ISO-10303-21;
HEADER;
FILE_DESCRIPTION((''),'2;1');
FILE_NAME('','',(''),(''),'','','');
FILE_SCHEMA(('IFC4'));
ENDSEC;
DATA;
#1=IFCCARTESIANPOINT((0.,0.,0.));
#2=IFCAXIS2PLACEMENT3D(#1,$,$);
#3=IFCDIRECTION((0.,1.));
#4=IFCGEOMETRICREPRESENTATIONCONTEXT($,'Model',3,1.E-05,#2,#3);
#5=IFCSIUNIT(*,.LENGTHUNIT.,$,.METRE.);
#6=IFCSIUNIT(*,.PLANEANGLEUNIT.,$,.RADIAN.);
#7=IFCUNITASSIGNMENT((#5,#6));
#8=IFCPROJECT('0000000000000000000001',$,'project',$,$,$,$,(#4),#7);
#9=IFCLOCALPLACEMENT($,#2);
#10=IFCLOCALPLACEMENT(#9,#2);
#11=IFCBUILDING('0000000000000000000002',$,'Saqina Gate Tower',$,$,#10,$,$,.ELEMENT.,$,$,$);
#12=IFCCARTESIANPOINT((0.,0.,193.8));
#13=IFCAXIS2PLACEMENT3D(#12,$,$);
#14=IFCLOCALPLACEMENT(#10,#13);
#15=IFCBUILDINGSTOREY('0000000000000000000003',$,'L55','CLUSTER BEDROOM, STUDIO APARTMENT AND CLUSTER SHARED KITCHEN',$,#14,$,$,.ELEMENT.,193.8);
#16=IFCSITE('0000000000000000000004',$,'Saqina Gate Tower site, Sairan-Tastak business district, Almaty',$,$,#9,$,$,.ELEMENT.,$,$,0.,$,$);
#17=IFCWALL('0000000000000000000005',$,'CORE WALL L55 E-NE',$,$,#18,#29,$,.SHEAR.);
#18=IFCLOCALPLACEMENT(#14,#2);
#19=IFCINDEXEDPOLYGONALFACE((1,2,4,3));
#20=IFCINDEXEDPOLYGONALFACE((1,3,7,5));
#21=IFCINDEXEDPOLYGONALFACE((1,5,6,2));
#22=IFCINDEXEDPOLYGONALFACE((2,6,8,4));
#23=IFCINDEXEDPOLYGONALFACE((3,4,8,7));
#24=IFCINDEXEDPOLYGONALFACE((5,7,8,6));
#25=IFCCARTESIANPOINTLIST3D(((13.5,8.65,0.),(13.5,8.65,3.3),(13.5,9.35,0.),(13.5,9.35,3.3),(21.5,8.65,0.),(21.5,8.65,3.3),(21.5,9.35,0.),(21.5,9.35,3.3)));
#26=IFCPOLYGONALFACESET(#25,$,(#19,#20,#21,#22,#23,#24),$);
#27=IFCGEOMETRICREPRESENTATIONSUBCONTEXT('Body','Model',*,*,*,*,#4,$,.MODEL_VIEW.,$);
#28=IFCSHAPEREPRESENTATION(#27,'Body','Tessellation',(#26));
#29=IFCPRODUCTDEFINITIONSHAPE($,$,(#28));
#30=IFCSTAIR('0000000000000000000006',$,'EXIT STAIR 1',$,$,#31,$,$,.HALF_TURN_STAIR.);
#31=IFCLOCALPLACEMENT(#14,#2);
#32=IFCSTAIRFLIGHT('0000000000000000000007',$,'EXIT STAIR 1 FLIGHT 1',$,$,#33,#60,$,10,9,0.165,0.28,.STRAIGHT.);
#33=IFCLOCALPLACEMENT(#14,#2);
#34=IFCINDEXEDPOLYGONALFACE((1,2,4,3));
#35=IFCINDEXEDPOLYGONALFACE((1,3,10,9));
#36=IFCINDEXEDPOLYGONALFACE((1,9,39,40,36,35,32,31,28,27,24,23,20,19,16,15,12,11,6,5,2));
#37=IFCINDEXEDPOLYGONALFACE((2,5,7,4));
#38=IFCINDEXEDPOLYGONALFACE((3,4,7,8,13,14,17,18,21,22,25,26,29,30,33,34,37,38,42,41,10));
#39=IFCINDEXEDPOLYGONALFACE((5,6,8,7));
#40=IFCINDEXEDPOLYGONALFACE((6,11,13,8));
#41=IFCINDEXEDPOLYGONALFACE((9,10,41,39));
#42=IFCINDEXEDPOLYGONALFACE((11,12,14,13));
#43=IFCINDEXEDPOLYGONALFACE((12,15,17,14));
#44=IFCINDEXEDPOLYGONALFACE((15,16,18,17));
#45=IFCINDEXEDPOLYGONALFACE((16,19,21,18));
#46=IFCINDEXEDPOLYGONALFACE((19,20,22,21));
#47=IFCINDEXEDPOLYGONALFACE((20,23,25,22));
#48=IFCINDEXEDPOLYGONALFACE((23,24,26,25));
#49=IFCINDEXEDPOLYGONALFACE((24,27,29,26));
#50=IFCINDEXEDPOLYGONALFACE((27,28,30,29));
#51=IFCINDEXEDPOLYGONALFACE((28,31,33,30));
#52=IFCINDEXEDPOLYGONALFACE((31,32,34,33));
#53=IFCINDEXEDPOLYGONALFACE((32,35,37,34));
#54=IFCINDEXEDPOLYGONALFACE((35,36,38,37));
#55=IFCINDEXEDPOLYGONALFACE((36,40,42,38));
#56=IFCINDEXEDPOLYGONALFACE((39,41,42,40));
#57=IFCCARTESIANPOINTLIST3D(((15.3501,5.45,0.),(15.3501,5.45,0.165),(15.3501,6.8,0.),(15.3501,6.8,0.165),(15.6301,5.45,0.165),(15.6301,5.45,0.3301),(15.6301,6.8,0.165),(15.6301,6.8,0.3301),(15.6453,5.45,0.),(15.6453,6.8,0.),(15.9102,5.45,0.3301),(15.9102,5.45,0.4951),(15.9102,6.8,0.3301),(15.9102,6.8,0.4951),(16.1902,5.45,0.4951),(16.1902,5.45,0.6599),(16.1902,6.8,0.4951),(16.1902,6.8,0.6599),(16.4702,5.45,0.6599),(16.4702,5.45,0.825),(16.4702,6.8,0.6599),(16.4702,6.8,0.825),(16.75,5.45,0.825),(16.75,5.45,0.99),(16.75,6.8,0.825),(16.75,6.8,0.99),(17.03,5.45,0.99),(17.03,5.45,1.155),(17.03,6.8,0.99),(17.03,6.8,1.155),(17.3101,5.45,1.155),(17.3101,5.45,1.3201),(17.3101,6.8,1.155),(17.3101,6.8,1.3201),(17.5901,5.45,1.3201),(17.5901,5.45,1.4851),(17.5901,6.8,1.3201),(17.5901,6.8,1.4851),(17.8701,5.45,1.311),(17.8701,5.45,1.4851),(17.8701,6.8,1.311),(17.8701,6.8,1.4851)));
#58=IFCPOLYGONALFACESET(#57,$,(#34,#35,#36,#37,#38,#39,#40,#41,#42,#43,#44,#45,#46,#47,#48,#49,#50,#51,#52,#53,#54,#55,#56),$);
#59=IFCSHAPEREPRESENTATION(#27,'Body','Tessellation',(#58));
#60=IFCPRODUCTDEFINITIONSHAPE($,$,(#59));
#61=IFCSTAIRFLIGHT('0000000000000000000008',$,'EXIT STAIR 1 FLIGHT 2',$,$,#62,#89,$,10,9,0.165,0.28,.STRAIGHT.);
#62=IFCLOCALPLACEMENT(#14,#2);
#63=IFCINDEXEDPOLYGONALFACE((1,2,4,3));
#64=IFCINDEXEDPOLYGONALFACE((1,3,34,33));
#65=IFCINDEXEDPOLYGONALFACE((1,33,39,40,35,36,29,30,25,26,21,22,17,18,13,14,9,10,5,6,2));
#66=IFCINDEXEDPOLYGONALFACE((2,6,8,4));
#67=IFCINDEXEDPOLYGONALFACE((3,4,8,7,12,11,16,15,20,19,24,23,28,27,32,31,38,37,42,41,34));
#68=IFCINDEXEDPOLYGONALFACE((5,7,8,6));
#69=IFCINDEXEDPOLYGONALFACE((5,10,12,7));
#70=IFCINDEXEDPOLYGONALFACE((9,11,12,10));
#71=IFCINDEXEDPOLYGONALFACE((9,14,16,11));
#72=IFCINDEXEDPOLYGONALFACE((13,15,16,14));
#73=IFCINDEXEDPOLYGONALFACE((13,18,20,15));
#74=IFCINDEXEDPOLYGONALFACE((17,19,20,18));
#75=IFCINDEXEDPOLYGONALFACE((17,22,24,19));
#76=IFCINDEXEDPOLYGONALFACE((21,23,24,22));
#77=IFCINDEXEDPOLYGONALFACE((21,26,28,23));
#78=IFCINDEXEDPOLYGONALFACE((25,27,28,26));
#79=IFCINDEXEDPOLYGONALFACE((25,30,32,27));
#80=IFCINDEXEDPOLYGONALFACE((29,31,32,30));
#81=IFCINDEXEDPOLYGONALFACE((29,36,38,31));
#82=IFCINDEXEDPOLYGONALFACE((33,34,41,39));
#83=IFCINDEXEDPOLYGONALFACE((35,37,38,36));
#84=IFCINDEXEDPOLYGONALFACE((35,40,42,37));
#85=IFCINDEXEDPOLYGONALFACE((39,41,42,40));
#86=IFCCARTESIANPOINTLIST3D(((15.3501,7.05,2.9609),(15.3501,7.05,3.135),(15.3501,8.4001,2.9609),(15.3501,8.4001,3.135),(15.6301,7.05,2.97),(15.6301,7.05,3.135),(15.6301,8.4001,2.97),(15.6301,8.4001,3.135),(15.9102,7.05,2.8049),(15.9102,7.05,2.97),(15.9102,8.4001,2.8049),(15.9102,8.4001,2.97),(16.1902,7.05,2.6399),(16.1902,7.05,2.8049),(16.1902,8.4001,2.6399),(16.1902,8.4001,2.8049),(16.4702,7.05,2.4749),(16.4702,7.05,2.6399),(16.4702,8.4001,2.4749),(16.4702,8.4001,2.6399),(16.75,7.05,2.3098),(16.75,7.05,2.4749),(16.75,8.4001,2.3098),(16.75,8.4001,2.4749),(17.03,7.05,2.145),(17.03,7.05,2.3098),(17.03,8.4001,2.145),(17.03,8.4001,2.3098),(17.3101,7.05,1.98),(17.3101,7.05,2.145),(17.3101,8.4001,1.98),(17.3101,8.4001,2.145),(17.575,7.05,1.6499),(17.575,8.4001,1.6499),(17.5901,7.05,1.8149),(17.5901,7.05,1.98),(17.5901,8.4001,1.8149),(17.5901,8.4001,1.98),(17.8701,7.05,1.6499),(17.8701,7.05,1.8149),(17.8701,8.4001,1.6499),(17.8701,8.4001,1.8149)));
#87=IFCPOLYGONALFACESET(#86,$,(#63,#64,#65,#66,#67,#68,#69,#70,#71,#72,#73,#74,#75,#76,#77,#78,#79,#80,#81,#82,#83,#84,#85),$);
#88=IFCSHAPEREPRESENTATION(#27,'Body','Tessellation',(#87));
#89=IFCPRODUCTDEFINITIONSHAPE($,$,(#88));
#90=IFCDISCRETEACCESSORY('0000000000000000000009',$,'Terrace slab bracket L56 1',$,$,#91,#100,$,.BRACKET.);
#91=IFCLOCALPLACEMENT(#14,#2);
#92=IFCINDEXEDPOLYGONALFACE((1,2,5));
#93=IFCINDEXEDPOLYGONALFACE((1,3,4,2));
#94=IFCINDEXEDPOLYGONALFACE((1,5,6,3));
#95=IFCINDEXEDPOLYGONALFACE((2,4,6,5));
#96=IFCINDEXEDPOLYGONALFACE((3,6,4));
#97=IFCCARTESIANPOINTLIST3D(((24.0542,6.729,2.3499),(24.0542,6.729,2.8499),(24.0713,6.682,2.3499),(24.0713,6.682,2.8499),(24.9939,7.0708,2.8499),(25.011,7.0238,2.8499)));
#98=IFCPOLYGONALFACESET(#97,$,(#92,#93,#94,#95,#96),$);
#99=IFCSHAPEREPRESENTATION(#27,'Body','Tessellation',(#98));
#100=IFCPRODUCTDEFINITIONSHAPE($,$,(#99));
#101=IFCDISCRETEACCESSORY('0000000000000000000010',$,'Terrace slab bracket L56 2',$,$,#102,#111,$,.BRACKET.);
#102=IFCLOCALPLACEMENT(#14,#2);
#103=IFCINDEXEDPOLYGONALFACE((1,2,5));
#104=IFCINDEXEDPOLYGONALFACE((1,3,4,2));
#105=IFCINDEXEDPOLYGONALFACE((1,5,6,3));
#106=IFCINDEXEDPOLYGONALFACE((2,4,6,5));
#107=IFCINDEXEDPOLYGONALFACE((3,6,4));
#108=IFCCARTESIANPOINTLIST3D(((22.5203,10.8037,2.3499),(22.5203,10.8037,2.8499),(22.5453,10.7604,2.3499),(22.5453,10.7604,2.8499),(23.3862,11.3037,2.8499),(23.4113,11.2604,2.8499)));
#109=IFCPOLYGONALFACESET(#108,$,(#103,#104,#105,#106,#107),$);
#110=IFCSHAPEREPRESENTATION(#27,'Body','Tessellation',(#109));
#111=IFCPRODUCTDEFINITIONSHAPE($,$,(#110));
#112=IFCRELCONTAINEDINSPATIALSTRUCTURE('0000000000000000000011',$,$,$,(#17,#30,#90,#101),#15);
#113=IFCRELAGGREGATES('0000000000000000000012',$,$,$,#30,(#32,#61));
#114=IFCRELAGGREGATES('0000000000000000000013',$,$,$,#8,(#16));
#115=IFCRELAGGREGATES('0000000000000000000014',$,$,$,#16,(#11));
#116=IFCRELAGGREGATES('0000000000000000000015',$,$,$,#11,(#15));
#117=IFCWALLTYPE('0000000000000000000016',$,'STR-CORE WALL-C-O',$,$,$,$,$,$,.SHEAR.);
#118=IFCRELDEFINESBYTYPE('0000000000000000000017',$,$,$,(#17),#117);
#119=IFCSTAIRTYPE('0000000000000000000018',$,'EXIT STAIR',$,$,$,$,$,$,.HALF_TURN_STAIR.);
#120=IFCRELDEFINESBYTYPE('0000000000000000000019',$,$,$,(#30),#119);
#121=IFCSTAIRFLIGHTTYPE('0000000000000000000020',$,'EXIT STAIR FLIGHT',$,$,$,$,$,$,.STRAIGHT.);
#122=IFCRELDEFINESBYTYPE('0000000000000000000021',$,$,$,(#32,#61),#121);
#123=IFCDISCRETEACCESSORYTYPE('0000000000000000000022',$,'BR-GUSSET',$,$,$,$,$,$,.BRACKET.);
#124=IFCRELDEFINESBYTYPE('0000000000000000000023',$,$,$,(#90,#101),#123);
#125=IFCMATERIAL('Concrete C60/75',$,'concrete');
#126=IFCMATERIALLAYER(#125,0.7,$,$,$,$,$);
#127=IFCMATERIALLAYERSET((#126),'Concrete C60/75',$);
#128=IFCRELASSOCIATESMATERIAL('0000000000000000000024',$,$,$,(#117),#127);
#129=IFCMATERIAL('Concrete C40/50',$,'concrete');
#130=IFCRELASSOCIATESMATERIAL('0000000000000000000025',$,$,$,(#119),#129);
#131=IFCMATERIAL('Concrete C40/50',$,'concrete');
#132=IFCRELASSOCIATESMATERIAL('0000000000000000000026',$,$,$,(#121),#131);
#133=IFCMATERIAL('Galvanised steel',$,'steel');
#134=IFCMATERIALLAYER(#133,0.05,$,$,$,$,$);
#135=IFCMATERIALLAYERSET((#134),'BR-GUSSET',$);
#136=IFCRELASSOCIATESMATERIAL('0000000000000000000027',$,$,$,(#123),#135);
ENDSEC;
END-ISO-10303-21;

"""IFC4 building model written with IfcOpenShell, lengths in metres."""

from ifc_helpers import new_model, si_unit, direction, frame, frame_2d, origin, place, context, subcontext, project, spatial, polyline, rectangle, outline, extrude, material, layer, layer_set, type_object, element, aggregate, save


model = new_model("IFC4")

# Units and contexts
model_context = context("Model", 3, precision=1e-05, world=origin(), true_north=direction((0.0, 1.0)))
body_context = subcontext(model_context, "Body", "Model", "MODEL_VIEW")
ifc_project = project(units=[si_unit("LENGTHUNIT", "METRE"), si_unit("PLANEANGLEUNIT", "RADIAN")], contexts=[model_context])

# Site, building, storey
site_placement = place(None, origin())
site = spatial("IfcSite", under=ifc_project, at=site_placement, Name="Saqina Gate Tower site, Sairan-Tastak business district, Almaty", CompositionType="ELEMENT", RefElevation=0.0)
building_placement = place(site_placement, origin())
building = spatial("IfcBuilding", under=site, at=building_placement, Name="Saqina Gate Tower", CompositionType="ELEMENT")
storey_placement = place(building_placement, frame((0.0, 0.0, 193.8)))
storey = spatial("IfcBuildingStorey", under=building, at=storey_placement, Name="L55", Description="CLUSTER BEDROOM, STUDIO APARTMENT AND CLUSTER SHARED KITCHEN", CompositionType="ELEMENT", Elevation=193.8)

# Wall
ifc_material_1 = material(Name="Concrete C60/75", Category="concrete")
ifc_layer_1 = layer(ifc_material_1, 0.7)
ifc_layer_set_1 = layer_set([ifc_layer_1], Name="Concrete C60/75")
wall_type_1 = type_object("IfcWallType", Name="STR-CORE WALL-C-O", PredefinedType="SHEAR", material=ifc_layer_set_1)
wall_1_placement = place(storey_placement, frame((13.5, 9.0, 0.0), z_axis=(0.0, 0.0, 1.0), x_axis=(1.0, 0.0, 0.0)))
element("IfcWall", 1, at=wall_1_placement, inside=storey, type_object=wall_type_1, Name="CORE WALL L55 E-NE", PredefinedType="SHEAR", context=body_context, shape_type="SweptSolid", body=[
    extrude(rectangle(XDim=8.0, YDim=0.7, at=frame_2d((4.0, 0.0))), origin(), (0.0, 0.0, 1.0), 3.3),
])

# Stair, stair flights
ifc_material_2 = material(Name="Concrete C40/50", Category="concrete")
stair_type = type_object("IfcStairType", Name="EXIT STAIR", PredefinedType="HALF_TURN_STAIR", material=ifc_material_2)
stair_placement = place(storey_placement, origin())
stair = element("IfcStair", 2, at=stair_placement, inside=storey, type_object=stair_type, Name="EXIT STAIR 1", PredefinedType="HALF_TURN_STAIR")
ifc_material_3 = material(Name="Concrete C40/50", Category="concrete")
stair_flight_type = type_object("IfcStairFlightType", Name="EXIT STAIR FLIGHT", PredefinedType="STRAIGHT", material=ifc_material_3)
stair_flight_1_placement = place(storey_placement, frame((15.3501, 6.125, 0.0), z_axis=(0.0, 0.0, 1.0), x_axis=(1.0, 0.0, 0.0)))
stair_flight_1 = element("IfcStairFlight", 3, at=stair_flight_1_placement, type_object=stair_flight_type, Name="EXIT STAIR 1 FLIGHT 1", NumberOfRisers=10, NumberOfTreads=9, PredefinedType="STRAIGHT", RiserHeight=0.165, TreadLength=0.28, context=body_context, shape_type="SweptSolid", body=[
    extrude(outline(polyline([(0.0, 0.0), (0.0, 0.165), (0.28, 0.165), (0.28, 0.3301), (0.5601, 0.3301), (0.5601, 0.4951), (0.8401, 0.4951), (0.8401, 0.6599), (1.1201, 0.6599), (1.1201, 0.825), (1.3999, 0.825), (1.3999, 0.99), (1.6799, 0.99), (1.6799, 1.155), (1.96, 1.155), (1.96, 1.3201), (2.24, 1.3201), (2.24, 1.4851), (2.52, 1.4851), (2.52, 1.6499), (2.52, 1.311), (0.2952, 0.0), (0.0, 0.0)])), frame((0.0, 0.675, 0.0), z_axis=(0.0, -1.0, 0.0), x_axis=(1.0, 0.0, 0.0)), (0.0, 0.0, 1.0), 1.3501),
])
stair_flight_2_placement = place(storey_placement, frame((17.8701, 7.7251, 1.6499), z_axis=(0.0, 0.0, 1.0), x_axis=(-1.0, 0.0, 0.0)))
stair_flight_2 = element("IfcStairFlight", 4, at=stair_flight_2_placement, type_object=stair_flight_type, Name="EXIT STAIR 1 FLIGHT 2", NumberOfRisers=10, NumberOfTreads=9, PredefinedType="STRAIGHT", RiserHeight=0.165, TreadLength=0.28, context=body_context, shape_type="SweptSolid", body=[
    extrude(outline(polyline([(0.0, 0.0), (0.0, 0.165), (0.28, 0.165), (0.28, 0.3301), (0.5601, 0.3301), (0.5601, 0.4951), (0.8401, 0.4951), (0.8401, 0.6599), (1.1201, 0.6599), (1.1201, 0.825), (1.3999, 0.825), (1.3999, 0.99), (1.6799, 0.99), (1.6799, 1.155), (1.96, 1.155), (1.96, 1.3201), (2.24, 1.3201), (2.24, 1.4851), (2.52, 1.4851), (2.52, 1.6499), (2.52, 1.311), (0.2952, 0.0), (0.0, 0.0)])), frame((0.0, 0.675, 0.0), z_axis=(0.0, -1.0, 0.0), x_axis=(1.0, 0.0, 0.0)), (0.0, 0.0, 1.0), 1.3501),
])
aggregate(stair, [stair_flight_1, stair_flight_2])

# Discrete accessories
ifc_material_4 = material(Name="Galvanised steel", Category="steel")
ifc_layer_2 = layer(ifc_material_4, 0.05)
ifc_layer_set_2 = layer_set([ifc_layer_2], Name="BR-GUSSET")
discrete_accessory_type = type_object("IfcDiscreteAccessoryType", Name="BR-GUSSET", PredefinedType="BRACKET", material=ifc_layer_set_2)
discrete_accessory_1_placement = place(storey_placement, frame((24.0542, 6.729, 2.3499), z_axis=(-0.341821, 0.939765, 0.0), x_axis=(0.0, 0.0, 1.0)))
element("IfcDiscreteAccessory", 5, at=discrete_accessory_1_placement, inside=storey, type_object=discrete_accessory_type, Name="Terrace slab bracket L56 1", PredefinedType="BRACKET", context=body_context, shape_type="SweptSolid", body=[
    extrude(outline(polyline([(0.0, 0.0), (0.5, 0.0), (0.5, 0.9999), (0.0, 0.0)])), origin(), (0.0, 0.0, -1.0), 0.05),
])
discrete_accessory_2_placement = place(storey_placement, frame((22.5203, 10.8037, 2.3499), z_axis=(-0.500025, 0.866011, 0.0), x_axis=(0.0, 0.0, 1.0)))
element("IfcDiscreteAccessory", 6, at=discrete_accessory_2_placement, inside=storey, type_object=discrete_accessory_type, Name="Terrace slab bracket L56 2", PredefinedType="BRACKET", context=body_context, shape_type="SweptSolid", body=[
    extrude(outline(polyline([(0.0, 0.0), (0.5, 0.0), (0.5, 0.9999), (0.0, 0.0)])), origin(), (0.0, 0.0, -1.0), 0.05),
])

save(model, "model.ifc")
